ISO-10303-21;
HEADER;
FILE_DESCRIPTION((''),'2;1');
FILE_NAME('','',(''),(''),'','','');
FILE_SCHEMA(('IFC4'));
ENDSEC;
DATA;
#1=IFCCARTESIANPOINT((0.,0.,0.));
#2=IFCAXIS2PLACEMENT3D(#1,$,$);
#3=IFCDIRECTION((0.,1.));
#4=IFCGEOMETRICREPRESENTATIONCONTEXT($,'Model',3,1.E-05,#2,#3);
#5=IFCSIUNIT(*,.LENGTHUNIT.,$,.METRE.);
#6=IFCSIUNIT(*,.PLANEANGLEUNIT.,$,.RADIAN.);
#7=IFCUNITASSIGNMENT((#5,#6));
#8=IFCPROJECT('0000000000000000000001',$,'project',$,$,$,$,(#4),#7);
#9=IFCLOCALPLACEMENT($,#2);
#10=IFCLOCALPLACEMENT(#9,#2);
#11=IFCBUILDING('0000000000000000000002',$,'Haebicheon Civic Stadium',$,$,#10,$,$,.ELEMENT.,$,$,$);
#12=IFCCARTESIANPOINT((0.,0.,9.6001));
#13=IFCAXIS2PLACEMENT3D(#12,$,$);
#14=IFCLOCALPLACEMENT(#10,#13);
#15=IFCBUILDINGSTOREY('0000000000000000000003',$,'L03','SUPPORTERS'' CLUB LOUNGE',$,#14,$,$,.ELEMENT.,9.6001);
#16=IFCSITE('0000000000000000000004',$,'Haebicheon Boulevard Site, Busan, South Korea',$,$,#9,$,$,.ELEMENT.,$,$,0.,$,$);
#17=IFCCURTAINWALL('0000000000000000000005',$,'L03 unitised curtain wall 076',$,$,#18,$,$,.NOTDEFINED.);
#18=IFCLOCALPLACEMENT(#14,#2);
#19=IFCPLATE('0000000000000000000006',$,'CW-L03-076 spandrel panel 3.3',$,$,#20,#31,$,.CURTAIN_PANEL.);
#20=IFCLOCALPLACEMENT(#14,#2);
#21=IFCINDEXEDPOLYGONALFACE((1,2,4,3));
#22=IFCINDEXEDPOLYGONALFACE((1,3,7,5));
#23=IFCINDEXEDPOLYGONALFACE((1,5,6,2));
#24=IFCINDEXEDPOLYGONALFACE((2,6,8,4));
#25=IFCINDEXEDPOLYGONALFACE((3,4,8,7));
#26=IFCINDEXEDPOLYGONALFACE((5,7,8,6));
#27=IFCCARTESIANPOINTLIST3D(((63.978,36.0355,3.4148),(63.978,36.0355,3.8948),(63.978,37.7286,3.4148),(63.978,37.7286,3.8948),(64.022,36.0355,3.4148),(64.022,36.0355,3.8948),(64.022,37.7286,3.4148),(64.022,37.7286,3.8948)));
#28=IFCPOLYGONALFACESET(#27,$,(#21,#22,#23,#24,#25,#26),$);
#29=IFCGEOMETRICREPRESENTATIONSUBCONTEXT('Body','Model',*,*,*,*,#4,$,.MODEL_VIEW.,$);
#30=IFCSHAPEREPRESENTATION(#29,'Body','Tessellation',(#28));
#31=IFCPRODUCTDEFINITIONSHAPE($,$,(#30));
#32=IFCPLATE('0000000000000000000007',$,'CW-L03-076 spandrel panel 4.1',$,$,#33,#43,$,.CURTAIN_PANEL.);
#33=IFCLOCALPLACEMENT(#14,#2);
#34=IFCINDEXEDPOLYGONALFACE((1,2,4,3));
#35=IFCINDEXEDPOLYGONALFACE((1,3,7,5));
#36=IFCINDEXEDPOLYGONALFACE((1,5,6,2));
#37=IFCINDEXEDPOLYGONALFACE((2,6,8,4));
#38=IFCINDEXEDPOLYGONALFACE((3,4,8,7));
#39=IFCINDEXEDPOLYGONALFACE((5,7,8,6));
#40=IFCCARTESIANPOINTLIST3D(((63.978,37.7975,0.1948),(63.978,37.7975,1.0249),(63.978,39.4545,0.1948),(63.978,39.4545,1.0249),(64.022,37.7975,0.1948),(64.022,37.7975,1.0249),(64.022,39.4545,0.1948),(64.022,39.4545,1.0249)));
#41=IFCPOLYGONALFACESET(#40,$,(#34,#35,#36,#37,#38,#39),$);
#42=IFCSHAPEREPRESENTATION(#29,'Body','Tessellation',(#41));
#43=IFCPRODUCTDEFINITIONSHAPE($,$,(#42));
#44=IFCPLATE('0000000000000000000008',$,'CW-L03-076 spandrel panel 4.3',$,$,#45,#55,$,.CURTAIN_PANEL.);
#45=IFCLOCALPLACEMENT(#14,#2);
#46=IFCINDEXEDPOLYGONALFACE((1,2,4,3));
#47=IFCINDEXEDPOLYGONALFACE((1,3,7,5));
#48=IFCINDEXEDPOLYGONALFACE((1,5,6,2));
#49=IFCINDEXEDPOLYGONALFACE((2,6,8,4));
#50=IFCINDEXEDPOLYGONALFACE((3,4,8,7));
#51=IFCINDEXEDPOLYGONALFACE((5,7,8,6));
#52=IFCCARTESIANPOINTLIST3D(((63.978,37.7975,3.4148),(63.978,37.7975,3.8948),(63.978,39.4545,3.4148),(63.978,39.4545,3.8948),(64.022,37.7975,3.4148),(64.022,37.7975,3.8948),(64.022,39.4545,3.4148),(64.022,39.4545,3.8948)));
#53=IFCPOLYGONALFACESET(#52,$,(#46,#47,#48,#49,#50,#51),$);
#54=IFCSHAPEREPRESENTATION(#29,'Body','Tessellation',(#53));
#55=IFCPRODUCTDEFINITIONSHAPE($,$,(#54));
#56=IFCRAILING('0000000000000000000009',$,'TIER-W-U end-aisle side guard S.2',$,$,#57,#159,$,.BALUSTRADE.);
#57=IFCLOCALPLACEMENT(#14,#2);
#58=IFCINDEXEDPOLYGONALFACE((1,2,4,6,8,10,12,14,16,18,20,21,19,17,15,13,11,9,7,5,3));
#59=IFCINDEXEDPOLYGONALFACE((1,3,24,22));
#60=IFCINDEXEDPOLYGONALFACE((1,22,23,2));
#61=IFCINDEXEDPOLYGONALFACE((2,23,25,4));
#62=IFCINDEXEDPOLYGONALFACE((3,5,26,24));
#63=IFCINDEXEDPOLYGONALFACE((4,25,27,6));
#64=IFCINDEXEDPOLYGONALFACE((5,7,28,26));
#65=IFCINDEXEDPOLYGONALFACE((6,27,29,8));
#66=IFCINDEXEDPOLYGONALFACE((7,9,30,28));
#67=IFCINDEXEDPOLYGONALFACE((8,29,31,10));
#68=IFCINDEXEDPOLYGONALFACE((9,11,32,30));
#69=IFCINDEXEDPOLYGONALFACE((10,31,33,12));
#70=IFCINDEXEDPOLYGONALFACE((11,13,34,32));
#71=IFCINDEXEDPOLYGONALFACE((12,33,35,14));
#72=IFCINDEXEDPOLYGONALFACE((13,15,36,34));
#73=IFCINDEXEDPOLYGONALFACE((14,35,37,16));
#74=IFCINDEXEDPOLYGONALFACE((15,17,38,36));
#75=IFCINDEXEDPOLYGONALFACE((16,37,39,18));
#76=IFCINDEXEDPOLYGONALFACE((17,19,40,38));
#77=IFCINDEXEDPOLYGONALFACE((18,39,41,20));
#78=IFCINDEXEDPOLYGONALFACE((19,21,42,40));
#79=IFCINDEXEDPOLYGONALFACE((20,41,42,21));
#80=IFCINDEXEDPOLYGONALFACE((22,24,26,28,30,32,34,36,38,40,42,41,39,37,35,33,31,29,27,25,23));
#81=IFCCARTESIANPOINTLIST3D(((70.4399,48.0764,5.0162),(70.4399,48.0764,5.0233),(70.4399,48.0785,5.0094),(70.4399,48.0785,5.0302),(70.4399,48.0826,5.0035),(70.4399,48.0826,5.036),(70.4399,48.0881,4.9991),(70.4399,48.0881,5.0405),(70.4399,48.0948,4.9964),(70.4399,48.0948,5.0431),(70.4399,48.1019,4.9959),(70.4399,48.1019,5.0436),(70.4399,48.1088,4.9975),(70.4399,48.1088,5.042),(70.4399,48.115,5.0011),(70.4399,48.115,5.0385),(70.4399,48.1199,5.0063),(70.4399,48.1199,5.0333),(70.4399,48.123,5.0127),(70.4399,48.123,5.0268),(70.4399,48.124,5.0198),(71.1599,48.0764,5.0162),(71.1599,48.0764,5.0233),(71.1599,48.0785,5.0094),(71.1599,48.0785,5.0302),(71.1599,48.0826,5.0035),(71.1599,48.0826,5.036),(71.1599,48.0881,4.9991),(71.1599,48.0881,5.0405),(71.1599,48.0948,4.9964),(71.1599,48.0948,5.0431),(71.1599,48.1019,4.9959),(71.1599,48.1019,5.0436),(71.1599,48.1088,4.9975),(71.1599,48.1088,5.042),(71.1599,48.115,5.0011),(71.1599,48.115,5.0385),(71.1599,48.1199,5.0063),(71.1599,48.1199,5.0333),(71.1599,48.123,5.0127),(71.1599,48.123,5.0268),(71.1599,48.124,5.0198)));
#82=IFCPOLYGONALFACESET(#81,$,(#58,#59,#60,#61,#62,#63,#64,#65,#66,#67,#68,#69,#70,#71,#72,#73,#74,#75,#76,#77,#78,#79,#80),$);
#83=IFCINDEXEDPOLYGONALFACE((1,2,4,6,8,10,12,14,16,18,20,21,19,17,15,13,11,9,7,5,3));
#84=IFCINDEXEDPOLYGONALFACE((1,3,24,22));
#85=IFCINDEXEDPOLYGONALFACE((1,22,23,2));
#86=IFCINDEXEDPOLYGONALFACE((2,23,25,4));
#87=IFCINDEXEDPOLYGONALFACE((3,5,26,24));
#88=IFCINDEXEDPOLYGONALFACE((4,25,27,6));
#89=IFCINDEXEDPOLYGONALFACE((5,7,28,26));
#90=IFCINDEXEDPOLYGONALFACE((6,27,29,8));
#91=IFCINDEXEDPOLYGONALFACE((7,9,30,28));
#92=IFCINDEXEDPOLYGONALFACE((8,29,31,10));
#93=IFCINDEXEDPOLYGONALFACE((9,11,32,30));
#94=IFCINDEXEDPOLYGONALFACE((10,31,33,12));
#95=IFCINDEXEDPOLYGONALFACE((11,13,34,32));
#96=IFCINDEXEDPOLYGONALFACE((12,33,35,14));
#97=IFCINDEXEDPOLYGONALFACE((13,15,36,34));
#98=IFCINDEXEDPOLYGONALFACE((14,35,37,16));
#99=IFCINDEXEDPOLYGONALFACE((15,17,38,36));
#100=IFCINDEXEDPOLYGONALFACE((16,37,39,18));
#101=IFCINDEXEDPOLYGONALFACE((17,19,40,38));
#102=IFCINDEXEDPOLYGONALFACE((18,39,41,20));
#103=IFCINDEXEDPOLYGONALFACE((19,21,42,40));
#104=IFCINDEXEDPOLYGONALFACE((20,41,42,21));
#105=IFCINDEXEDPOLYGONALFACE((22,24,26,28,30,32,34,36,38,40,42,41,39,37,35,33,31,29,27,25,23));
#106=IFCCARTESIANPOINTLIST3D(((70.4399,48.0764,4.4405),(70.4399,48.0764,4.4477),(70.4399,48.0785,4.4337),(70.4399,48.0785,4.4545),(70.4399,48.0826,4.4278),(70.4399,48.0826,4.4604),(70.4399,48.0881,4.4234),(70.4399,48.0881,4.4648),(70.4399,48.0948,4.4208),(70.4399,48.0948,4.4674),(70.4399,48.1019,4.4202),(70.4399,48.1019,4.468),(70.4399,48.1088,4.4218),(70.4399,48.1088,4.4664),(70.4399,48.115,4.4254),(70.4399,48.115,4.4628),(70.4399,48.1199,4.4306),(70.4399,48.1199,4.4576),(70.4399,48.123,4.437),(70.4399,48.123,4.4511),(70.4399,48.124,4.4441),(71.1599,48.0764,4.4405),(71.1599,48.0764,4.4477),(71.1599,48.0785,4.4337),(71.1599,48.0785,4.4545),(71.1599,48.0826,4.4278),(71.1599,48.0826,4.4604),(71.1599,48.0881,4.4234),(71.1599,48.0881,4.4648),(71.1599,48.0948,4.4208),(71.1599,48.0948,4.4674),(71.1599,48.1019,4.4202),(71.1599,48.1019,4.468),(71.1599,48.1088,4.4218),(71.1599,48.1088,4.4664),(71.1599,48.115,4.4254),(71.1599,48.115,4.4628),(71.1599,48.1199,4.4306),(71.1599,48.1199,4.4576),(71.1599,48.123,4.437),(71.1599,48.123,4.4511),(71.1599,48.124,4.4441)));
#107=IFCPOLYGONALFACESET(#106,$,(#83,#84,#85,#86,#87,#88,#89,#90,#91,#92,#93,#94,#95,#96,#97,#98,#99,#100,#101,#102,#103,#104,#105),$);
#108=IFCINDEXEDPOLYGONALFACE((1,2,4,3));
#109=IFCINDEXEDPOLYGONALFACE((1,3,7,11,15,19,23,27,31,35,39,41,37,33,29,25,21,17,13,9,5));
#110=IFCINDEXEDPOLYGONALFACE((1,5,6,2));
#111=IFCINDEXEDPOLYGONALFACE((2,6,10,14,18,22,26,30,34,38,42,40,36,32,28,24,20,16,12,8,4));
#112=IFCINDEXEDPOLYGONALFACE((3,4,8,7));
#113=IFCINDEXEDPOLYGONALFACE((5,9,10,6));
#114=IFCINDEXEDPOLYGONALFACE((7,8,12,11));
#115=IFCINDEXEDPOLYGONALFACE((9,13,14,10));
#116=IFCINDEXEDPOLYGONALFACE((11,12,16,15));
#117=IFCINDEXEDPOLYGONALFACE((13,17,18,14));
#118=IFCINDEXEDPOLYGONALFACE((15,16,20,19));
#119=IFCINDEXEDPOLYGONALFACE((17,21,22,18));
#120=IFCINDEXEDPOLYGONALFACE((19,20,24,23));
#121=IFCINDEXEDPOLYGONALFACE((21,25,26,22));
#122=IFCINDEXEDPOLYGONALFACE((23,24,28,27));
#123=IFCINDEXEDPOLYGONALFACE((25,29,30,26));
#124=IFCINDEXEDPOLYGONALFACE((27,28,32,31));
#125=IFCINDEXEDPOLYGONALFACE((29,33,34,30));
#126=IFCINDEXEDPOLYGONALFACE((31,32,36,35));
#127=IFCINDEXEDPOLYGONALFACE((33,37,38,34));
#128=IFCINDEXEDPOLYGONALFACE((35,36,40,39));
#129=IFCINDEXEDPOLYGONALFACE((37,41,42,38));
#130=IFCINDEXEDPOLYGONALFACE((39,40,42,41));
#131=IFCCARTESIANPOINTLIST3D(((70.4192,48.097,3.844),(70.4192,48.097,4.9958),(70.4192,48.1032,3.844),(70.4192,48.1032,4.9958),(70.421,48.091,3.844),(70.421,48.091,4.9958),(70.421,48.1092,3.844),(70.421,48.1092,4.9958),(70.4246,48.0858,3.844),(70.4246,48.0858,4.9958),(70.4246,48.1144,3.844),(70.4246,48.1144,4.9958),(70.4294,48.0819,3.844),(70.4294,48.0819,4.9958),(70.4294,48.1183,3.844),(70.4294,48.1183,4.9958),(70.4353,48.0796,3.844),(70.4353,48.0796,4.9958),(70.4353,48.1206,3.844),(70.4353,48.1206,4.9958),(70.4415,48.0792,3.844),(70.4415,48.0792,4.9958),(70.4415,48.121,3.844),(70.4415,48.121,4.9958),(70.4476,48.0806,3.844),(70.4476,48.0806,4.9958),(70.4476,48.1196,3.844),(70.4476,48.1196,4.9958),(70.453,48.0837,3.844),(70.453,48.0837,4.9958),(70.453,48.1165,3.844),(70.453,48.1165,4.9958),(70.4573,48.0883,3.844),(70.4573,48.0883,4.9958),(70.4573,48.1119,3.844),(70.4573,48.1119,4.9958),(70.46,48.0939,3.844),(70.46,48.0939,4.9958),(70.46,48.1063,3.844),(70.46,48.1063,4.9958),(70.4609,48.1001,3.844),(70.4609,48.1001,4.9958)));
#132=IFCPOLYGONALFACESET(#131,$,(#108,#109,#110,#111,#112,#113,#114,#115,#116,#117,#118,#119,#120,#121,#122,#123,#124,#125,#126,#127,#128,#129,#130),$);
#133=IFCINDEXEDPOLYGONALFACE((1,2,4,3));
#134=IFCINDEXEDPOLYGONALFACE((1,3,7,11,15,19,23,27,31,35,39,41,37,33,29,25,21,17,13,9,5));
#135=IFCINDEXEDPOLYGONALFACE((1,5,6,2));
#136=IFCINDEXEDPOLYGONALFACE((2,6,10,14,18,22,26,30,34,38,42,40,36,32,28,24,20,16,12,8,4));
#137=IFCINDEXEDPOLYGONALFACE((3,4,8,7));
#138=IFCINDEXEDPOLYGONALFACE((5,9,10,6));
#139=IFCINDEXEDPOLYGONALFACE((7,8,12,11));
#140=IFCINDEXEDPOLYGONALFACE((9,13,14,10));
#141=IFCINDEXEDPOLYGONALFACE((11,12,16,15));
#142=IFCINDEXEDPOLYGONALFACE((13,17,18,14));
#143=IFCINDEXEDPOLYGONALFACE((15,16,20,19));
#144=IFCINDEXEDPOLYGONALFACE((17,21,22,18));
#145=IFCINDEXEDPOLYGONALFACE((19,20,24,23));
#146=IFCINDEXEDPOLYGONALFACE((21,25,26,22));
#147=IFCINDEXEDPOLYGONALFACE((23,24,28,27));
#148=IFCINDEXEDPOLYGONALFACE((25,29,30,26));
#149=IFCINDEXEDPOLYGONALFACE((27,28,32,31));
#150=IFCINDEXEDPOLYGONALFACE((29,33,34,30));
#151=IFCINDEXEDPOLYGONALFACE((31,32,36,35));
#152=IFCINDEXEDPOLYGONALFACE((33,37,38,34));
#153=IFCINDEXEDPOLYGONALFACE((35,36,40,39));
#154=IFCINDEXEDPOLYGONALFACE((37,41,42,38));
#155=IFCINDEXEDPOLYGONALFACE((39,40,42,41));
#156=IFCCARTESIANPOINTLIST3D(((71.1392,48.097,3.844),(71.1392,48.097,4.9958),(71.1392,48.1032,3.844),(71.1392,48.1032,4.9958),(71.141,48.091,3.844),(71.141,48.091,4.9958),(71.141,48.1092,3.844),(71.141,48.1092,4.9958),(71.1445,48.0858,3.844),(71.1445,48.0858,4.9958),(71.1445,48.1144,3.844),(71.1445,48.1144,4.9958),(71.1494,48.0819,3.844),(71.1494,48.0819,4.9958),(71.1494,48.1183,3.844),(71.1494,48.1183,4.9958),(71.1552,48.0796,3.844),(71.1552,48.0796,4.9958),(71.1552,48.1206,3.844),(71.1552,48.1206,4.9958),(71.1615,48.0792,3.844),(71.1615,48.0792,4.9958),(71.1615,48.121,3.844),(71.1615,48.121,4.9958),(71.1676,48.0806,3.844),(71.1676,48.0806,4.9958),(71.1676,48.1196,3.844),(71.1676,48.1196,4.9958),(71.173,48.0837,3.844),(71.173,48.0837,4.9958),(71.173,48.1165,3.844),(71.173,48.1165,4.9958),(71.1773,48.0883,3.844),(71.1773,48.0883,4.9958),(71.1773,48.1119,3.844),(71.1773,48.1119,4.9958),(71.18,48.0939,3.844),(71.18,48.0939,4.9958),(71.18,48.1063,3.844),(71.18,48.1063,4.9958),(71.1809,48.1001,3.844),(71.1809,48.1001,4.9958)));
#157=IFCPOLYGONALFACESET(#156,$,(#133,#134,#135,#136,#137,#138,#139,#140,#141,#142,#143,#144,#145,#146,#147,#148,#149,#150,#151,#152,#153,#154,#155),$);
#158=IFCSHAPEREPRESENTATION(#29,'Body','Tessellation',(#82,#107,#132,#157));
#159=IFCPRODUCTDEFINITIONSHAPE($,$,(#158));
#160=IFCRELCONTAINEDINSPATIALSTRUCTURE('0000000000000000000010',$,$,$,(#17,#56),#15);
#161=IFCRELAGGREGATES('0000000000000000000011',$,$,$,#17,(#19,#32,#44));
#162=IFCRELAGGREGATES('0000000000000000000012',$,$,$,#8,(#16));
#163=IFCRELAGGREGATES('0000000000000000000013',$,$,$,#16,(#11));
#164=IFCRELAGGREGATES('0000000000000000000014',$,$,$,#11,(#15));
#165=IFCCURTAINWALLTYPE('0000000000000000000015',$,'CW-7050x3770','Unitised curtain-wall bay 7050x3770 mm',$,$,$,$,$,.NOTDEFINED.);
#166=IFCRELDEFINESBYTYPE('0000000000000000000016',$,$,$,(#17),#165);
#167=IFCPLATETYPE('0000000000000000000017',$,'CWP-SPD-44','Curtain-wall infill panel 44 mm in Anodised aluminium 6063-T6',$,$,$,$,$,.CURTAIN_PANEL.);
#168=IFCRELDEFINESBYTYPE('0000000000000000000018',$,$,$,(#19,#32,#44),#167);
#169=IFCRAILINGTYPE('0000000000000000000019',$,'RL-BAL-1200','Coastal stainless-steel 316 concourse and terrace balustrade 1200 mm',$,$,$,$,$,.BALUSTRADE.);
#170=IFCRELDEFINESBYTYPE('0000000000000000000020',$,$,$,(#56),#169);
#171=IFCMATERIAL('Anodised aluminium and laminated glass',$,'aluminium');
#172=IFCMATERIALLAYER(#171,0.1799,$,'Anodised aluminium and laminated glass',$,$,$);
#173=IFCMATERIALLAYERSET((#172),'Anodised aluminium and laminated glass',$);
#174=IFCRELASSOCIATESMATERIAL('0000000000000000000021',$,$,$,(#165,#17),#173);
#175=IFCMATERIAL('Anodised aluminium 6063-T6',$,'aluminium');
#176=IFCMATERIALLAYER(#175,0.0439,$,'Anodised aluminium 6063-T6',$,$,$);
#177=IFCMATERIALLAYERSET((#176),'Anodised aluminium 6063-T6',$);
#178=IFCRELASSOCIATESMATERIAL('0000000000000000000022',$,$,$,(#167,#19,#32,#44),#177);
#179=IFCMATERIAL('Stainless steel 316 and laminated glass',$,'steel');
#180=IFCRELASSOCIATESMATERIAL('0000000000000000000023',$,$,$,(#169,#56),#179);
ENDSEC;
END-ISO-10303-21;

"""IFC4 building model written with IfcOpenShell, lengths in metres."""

from ifc_helpers import new_model, si_unit, direction, frame, origin, origin_2d, place, context, subcontext, project, spatial, rectangle, circle, extrude, material, layer, layer_set, type_object, element, aggregate, save


model = new_model("IFC4")

# Units and contexts
model_context = context("Model", 3, precision=1e-05, world=origin(), true_north=direction((0.0, 1.0)))
body_context = subcontext(model_context, "Body", "Model", "MODEL_VIEW")
ifc_project = project(units=[si_unit("LENGTHUNIT", "METRE"), si_unit("PLANEANGLEUNIT", "RADIAN")], contexts=[model_context])

# Site, building, storey
site_placement = place(None, origin())
site = spatial("IfcSite", under=ifc_project, at=site_placement, Name="Haebicheon Boulevard Site, Busan, South Korea", CompositionType="ELEMENT", RefElevation=0.0)
building_placement = place(site_placement, origin())
building = spatial("IfcBuilding", under=site, at=building_placement, Name="Haebicheon Civic Stadium", CompositionType="ELEMENT")
storey_placement = place(building_placement, frame((0.0, 0.0, 9.6001)))
storey = spatial("IfcBuildingStorey", under=building, at=storey_placement, Name="L03", Description="SUPPORTERS' CLUB LOUNGE", CompositionType="ELEMENT", Elevation=9.6001)

# Curtain wall
ifc_material_1 = material(Name="Anodised aluminium and laminated glass", Category="aluminium")
ifc_layer_1 = layer(ifc_material_1, 0.1799, Name="Anodised aluminium and laminated glass")
ifc_layer_set_1 = layer_set([ifc_layer_1], Name="Anodised aluminium and laminated glass")
curtain_wall_type = type_object("IfcCurtainWallType", Name="CW-7050x3770", Description="Unitised curtain-wall bay 7050x3770 mm", PredefinedType="NOTDEFINED", material=ifc_layer_set_1)
curtain_wall_placement = place(storey_placement, origin())
curtain_wall = element("IfcCurtainWall", 1, at=curtain_wall_placement, inside=storey, type_object=curtain_wall_type, material=ifc_layer_set_1, Name="L03 unitised curtain wall 076", PredefinedType="NOTDEFINED")

# Plates
ifc_material_2 = material(Name="Anodised aluminium 6063-T6", Category="aluminium")
ifc_layer_2 = layer(ifc_material_2, 0.0439, Name="Anodised aluminium 6063-T6")
ifc_layer_set_2 = layer_set([ifc_layer_2], Name="Anodised aluminium 6063-T6")
plate_type_1 = type_object("IfcPlateType", Name="CWP-SPD-44", Description="Curtain-wall infill panel 44 mm in Anodised aluminium 6063-T6", PredefinedType="CURTAIN_PANEL", material=ifc_layer_set_2)
plate_1_placement = place(storey_placement, frame((64.0, 36.8821, 3.4148), z_axis=(0.0, 0.0, 1.0), x_axis=(0.0, 1.0, 0.0)))
plate_1 = element("IfcPlate", 2, at=plate_1_placement, type_object=plate_type_1, material=ifc_layer_set_2, Name="CW-L03-076 spandrel panel 3.3", PredefinedType="CURTAIN_PANEL", context=body_context, shape_type="SweptSolid", body=[
    extrude(rectangle(XDim=1.6931, YDim=0.0439, at=origin_2d()), origin(), (0.0, 0.0, 1.0), 0.48),
])
plate_2_placement = place(storey_placement, frame((64.0, 38.626, 0.1948), z_axis=(0.0, 0.0, 1.0), x_axis=(0.0, 1.0, 0.0)))
plate_2 = element("IfcPlate", 3, at=plate_2_placement, type_object=plate_type_1, material=ifc_layer_set_2, Name="CW-L03-076 spandrel panel 4.1", PredefinedType="CURTAIN_PANEL", context=body_context, shape_type="SweptSolid", body=[
    extrude(rectangle(XDim=1.657, YDim=0.0439, at=origin_2d()), origin(), (0.0, 0.0, 1.0), 0.8301),
])
plate_3_placement = place(storey_placement, frame((64.0, 38.626, 3.4148), z_axis=(0.0, 0.0, 1.0), x_axis=(0.0, 1.0, 0.0)))
plate_3 = element("IfcPlate", 4, at=plate_3_placement, type_object=plate_type_1, material=ifc_layer_set_2, Name="CW-L03-076 spandrel panel 4.3", PredefinedType="CURTAIN_PANEL", context=body_context, shape_type="SweptSolid", body=[
    extrude(rectangle(XDim=1.657, YDim=0.0439, at=origin_2d()), origin(), (0.0, 0.0, 1.0), 0.48),
])
aggregate(curtain_wall, [plate_1, plate_2, plate_3])

# Railing
ifc_material_3 = material(Name="Stainless steel 316 and laminated glass", Category="steel")
railing_type = type_object("IfcRailingType", Name="RL-BAL-1200", Description="Coastal stainless-steel 316 concourse and terrace balustrade 1200 mm", PredefinedType="BALUSTRADE", material=ifc_material_3)
railing_1_placement = place(storey_placement, frame((70.4399, 48.1001, 3.844)))
element("IfcRailing", 5, at=railing_1_placement, inside=storey, type_object=railing_type, material=ifc_material_3, Name="TIER-W-U end-aisle side guard S.2", PredefinedType="BALUSTRADE", context=body_context, shape_type="SweptSolid", body=[
    extrude(circle(Radius=0.0239, at=origin_2d()), frame((0.0, 0.0, 1.1758), z_axis=(1.0, 0.0, 0.0), x_axis=(0.0, 1.0, 0.0)), (0.0, 0.0, 1.0), 0.72),
    extrude(circle(Radius=0.0239, at=origin_2d()), frame((0.0, 0.0, 0.6001), z_axis=(1.0, 0.0, 0.0), x_axis=(0.0, 1.0, 0.0)), (0.0, 0.0, 1.0), 0.72),
    extrude(circle(Radius=0.021, at=origin_2d()), origin(), (0.0, 0.0, 1.0), 1.1519),
    extrude(circle(Radius=0.021, at=origin_2d()), frame((0.72, 0.0, 0.0)), (0.0, 0.0, 1.0), 1.1519),
])

save(model, "model.ifc")
